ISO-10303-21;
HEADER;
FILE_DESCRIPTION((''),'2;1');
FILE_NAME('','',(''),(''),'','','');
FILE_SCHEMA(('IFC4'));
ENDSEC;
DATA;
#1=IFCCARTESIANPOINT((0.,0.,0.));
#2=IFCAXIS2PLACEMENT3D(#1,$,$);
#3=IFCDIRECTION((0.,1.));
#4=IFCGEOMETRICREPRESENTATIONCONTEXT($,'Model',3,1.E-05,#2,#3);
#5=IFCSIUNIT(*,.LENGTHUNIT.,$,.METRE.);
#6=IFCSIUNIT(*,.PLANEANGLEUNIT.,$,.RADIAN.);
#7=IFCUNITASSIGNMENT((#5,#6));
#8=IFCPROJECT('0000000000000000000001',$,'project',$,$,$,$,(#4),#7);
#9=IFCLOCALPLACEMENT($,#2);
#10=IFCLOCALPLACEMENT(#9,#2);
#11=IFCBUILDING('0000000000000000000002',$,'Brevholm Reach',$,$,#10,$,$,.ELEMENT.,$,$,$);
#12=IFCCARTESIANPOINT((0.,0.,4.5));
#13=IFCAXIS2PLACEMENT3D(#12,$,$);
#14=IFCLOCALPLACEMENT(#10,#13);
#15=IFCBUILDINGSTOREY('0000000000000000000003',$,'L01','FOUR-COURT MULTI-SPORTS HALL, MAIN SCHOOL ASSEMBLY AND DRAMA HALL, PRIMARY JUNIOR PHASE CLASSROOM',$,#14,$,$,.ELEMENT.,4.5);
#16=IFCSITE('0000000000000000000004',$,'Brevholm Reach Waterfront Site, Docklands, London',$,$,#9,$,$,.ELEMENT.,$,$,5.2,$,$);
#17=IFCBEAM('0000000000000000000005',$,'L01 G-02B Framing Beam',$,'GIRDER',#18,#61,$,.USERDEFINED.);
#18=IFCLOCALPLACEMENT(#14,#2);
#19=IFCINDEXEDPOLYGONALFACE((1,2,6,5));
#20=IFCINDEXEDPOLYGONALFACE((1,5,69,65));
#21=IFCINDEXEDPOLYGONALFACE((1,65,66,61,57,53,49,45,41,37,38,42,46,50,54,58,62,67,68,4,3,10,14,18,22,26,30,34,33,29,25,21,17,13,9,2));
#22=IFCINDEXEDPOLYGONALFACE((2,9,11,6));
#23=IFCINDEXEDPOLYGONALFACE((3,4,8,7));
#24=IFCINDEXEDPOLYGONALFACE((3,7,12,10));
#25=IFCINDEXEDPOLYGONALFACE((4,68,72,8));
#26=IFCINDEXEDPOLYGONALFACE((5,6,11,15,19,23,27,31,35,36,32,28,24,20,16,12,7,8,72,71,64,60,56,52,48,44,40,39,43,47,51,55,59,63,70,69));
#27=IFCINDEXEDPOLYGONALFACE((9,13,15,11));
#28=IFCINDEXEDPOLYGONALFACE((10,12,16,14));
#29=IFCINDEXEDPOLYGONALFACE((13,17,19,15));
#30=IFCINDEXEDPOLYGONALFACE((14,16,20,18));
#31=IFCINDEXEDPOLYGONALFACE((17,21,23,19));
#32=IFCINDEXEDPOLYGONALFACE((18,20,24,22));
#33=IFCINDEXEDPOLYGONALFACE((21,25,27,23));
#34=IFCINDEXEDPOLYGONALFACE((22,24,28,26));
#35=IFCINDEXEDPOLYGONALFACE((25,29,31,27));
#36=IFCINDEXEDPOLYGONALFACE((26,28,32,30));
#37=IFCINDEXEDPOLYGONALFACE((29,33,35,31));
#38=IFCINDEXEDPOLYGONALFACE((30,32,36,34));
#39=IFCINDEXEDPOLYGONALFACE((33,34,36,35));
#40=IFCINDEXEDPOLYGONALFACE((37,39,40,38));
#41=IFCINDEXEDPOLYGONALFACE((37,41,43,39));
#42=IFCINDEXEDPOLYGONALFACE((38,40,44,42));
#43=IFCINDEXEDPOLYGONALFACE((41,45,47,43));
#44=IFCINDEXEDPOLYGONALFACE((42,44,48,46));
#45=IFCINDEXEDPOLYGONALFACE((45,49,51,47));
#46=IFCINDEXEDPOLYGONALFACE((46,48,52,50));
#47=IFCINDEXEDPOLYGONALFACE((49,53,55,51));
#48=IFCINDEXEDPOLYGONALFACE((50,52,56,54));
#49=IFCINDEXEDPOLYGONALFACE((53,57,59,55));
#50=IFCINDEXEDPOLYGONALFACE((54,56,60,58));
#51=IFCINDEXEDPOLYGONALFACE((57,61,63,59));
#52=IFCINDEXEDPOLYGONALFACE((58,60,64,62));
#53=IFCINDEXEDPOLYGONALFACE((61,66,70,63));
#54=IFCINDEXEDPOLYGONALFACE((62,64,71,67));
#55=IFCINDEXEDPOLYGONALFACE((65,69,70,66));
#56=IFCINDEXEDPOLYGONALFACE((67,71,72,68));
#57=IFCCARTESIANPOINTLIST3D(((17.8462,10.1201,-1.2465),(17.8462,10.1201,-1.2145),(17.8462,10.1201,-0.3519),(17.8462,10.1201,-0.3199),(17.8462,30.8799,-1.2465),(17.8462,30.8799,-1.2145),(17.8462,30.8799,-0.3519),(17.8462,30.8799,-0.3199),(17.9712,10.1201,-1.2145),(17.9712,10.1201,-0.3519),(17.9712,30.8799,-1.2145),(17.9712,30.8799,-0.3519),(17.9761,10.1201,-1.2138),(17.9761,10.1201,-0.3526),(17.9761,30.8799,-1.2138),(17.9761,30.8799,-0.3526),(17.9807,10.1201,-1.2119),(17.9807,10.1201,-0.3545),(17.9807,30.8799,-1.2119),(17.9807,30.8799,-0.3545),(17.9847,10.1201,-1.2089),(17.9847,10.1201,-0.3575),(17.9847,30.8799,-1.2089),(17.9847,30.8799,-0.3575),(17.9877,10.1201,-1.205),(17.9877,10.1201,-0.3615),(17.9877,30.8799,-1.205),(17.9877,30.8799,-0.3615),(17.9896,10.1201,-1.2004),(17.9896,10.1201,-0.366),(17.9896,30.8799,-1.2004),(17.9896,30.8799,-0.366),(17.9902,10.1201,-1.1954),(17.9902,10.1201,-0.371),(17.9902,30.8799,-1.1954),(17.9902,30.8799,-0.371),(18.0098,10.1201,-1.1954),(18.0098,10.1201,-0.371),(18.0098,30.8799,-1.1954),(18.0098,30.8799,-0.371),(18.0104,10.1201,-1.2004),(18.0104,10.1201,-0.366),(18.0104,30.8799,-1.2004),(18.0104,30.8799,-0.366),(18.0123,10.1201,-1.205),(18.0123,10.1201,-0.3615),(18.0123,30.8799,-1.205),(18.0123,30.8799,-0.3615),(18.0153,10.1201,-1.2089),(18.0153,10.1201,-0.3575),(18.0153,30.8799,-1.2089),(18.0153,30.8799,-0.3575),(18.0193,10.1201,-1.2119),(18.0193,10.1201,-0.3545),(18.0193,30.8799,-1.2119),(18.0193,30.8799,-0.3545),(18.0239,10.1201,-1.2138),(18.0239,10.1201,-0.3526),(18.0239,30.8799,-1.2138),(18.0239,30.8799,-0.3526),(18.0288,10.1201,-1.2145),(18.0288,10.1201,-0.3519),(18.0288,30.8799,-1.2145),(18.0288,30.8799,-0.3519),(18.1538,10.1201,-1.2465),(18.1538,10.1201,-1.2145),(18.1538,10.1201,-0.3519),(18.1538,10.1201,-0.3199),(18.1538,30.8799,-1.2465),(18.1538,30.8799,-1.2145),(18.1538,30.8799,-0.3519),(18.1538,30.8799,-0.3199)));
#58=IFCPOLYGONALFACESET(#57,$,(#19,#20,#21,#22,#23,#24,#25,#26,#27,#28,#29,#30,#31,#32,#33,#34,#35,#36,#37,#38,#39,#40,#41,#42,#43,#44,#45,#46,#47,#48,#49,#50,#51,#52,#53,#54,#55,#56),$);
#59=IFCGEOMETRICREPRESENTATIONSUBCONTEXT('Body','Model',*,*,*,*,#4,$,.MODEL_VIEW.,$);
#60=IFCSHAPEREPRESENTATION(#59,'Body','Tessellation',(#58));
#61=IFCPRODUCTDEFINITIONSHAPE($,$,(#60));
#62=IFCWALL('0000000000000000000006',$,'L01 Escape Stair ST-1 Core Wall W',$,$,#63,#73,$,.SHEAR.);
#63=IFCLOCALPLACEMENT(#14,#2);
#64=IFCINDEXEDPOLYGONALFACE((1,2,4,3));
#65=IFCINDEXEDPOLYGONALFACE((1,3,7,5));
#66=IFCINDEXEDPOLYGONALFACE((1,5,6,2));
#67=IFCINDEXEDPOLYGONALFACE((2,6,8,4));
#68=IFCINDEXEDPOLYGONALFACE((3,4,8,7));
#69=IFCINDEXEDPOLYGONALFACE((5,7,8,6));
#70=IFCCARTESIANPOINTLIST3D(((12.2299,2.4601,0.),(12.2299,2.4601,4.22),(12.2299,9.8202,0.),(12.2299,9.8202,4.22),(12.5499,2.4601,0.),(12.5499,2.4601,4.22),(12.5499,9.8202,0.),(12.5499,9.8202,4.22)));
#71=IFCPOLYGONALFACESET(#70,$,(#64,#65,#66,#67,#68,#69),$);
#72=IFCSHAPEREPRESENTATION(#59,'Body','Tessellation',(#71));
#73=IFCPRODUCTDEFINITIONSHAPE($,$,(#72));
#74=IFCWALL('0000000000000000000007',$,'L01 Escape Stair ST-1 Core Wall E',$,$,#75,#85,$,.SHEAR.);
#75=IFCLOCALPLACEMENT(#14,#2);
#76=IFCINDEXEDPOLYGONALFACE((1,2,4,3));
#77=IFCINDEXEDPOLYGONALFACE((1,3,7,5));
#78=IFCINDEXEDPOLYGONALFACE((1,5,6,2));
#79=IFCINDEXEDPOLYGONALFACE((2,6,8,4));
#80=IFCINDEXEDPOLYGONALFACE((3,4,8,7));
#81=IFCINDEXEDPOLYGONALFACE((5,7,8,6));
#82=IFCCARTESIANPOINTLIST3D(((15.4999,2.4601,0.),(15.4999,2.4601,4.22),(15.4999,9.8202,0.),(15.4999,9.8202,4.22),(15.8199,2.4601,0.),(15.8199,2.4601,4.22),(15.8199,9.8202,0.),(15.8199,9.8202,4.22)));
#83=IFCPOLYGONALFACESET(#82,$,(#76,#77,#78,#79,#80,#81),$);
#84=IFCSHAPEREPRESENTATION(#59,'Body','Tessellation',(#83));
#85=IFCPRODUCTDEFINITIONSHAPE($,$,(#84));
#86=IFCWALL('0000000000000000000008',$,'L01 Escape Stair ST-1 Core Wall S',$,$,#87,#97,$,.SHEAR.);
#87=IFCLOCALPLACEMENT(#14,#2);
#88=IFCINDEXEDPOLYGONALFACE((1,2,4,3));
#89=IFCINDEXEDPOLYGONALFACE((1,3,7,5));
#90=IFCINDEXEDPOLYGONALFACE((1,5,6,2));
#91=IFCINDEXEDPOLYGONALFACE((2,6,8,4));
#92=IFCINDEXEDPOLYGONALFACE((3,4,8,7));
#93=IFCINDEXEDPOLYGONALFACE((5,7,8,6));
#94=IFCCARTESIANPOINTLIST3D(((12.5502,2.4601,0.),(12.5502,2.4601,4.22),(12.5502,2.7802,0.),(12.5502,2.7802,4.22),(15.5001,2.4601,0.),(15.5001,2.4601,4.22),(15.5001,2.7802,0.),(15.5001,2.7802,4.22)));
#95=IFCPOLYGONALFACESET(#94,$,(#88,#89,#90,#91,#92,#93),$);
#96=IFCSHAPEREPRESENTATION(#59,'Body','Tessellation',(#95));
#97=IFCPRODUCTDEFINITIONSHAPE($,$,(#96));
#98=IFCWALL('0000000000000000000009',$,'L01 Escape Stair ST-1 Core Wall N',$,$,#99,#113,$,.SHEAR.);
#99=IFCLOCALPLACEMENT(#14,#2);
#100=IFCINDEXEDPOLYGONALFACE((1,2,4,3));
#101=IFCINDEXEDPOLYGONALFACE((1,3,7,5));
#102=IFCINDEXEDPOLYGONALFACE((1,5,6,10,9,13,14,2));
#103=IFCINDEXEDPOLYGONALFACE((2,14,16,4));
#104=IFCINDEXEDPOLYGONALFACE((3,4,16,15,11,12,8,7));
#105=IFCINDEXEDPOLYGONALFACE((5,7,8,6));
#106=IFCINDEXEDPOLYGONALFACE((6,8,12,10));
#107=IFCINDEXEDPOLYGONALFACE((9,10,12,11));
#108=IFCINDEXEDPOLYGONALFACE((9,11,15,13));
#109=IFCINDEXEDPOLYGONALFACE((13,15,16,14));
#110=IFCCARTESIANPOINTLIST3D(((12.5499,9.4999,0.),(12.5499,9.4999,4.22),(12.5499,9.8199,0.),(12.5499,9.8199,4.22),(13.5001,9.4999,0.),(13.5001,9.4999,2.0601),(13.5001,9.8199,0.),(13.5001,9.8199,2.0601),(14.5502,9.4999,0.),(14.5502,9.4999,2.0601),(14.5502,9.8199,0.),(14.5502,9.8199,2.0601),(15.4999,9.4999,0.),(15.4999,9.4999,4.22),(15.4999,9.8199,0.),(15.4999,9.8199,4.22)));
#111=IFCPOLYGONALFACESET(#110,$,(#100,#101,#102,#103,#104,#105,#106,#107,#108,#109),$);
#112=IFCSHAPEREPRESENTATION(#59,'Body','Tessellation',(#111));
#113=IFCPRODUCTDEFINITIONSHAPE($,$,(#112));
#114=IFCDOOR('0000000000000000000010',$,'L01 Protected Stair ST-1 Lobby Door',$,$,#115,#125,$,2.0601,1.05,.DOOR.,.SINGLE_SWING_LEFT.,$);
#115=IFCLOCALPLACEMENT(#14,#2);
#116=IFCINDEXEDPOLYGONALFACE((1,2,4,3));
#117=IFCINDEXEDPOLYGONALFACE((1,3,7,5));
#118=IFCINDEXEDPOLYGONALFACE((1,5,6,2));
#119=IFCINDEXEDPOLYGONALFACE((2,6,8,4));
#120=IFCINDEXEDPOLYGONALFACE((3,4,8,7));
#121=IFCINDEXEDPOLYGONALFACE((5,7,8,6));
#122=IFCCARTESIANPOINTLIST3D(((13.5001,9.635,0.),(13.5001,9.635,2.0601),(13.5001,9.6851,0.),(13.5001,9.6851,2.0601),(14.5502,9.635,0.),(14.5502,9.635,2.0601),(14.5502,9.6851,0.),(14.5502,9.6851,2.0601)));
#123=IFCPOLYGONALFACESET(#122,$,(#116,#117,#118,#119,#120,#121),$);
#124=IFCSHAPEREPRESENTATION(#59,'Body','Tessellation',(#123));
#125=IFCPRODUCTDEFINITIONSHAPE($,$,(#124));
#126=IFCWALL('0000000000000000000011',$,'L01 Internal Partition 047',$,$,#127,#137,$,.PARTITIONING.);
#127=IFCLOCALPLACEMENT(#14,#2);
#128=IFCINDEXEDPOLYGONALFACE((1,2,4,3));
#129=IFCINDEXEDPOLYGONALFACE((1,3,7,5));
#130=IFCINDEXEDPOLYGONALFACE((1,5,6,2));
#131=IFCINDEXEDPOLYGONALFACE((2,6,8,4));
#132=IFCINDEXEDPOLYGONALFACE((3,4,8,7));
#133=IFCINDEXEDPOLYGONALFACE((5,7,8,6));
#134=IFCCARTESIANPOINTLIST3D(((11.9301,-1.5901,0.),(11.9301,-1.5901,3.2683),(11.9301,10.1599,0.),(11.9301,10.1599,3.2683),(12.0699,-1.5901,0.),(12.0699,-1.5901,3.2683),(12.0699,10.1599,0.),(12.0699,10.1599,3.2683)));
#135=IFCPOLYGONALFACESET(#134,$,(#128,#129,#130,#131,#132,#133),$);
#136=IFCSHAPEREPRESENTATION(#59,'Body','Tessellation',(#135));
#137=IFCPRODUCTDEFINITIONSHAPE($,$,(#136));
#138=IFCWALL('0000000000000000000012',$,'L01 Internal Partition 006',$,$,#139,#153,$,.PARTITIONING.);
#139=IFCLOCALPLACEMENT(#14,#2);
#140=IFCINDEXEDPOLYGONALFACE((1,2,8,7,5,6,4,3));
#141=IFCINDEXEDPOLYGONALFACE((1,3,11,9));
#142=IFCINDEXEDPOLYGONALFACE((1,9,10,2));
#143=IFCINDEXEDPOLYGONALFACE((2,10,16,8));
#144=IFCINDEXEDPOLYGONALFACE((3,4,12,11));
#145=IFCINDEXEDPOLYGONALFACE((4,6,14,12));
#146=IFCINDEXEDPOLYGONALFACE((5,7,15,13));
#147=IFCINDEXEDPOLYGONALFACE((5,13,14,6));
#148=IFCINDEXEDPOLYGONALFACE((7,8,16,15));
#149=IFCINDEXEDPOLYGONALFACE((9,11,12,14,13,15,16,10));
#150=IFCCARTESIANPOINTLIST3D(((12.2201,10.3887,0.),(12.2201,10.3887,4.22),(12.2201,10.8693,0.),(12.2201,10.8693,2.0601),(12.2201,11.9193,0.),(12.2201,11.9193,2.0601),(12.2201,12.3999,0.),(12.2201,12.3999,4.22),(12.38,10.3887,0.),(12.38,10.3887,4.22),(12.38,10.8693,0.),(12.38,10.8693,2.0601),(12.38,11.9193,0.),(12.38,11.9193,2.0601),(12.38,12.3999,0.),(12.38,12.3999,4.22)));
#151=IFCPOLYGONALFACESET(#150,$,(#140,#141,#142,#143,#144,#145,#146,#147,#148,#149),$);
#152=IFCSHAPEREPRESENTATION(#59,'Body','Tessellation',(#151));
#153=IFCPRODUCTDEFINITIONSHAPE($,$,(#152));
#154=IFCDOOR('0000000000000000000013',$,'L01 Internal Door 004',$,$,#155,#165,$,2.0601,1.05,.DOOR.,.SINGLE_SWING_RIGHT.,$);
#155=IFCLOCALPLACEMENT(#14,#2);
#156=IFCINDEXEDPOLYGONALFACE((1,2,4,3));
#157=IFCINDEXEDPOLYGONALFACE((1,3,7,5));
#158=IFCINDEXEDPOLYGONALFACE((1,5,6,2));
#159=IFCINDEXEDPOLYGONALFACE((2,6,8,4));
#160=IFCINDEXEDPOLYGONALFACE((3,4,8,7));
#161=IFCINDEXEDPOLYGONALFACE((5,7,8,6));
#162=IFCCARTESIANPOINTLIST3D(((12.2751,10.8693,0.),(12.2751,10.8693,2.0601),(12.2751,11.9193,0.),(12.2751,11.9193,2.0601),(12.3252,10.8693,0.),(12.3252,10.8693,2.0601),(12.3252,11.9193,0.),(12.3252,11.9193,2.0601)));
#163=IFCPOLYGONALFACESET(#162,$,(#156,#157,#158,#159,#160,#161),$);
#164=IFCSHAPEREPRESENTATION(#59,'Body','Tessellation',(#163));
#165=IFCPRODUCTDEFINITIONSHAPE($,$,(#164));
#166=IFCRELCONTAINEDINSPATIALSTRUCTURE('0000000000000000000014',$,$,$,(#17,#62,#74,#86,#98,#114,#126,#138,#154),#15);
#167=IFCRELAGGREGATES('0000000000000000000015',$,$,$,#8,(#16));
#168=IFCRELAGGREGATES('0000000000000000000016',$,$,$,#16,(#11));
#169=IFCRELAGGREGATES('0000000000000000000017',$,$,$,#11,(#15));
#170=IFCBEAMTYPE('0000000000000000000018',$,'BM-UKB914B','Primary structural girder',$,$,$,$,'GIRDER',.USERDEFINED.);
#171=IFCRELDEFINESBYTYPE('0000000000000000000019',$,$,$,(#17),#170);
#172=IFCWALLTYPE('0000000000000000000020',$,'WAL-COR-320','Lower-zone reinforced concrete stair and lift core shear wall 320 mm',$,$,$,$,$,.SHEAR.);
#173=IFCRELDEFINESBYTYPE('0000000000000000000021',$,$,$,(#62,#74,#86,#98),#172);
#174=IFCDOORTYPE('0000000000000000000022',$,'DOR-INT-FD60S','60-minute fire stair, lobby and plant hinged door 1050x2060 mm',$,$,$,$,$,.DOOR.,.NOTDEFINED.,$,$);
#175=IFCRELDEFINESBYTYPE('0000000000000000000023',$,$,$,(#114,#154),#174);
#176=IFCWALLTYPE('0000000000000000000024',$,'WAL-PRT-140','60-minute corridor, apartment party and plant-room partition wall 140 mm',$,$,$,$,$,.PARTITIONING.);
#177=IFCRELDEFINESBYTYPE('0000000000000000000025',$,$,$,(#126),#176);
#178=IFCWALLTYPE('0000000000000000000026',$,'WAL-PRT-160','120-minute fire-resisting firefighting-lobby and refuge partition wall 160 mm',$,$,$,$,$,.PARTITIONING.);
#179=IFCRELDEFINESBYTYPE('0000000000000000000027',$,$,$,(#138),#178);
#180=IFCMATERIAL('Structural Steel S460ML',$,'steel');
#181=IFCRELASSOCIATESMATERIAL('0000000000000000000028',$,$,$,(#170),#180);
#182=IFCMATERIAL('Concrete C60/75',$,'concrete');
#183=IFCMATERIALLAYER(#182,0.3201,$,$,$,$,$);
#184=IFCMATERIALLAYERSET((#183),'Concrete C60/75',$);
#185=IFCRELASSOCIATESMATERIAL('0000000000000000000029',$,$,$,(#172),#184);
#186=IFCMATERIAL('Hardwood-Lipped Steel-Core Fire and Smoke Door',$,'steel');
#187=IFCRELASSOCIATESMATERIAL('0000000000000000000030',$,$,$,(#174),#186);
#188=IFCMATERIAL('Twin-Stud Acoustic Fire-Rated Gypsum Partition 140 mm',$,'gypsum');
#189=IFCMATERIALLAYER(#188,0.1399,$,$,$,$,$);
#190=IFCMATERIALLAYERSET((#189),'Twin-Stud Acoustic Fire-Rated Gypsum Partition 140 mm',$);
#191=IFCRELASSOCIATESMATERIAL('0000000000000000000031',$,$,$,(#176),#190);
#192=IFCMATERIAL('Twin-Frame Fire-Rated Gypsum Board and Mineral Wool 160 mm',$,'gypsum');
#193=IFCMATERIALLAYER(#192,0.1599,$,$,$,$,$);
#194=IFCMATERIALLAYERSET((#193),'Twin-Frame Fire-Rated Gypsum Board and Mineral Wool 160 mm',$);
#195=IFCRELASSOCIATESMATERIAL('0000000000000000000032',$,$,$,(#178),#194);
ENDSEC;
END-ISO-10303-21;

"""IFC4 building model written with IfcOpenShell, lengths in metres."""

from ifc_helpers import new_model, si_unit, direction, frame, frame_2d, origin, origin_2d, place, context, subcontext, project, spatial, rectangle, i_section, extrude, material, layer, layer_set, material_profile, profile_set, type_object, element, fill, save


model = new_model("IFC4")

# Units and contexts
model_context = context("Model", 3, precision=1e-05, world=origin(), true_north=direction((0.0, 1.0)))
body_context = subcontext(model_context, "Body", "Model", "MODEL_VIEW")
ifc_project = project(units=[si_unit("LENGTHUNIT", "METRE"), si_unit("PLANEANGLEUNIT", "RADIAN")], contexts=[model_context])

# Site, building, storey
site_placement = place(None, origin())
site = spatial("IfcSite", under=ifc_project, at=site_placement, Name="Brevholm Reach Waterfront Site, Docklands, London", CompositionType="ELEMENT", RefElevation=5.2)
building_placement = place(site_placement, origin())
building = spatial("IfcBuilding", under=site, at=building_placement, Name="Brevholm Reach", CompositionType="ELEMENT")
storey_placement = place(building_placement, frame((0.0, 0.0, 4.5)))
storey = spatial("IfcBuildingStorey", under=building, at=storey_placement, Name="L01", Description="FOUR-COURT MULTI-SPORTS HALL, MAIN SCHOOL ASSEMBLY AND DRAMA HALL, PRIMARY JUNIOR PHASE CLASSROOM", CompositionType="ELEMENT", Elevation=4.5)

# Beam
ifc_material_1 = material(Name="Structural Steel S460ML", Category="steel")
ifc_material_profile_1 = material_profile(ifc_material_1, i_section(OverallWidth=0.3076, OverallDepth=0.9265, WebThickness=0.0195, FlangeThickness=0.032, FilletRadius=0.019, at=origin_2d()), Name="UKB 914x305x289")
ifc_profile_set_1 = profile_set([ifc_material_profile_1], Name="Structural Steel S460ML")
beam_type_1 = type_object("IfcBeamType", Name="BM-UKB914B", Description="Primary structural girder", ElementType="GIRDER", PredefinedType="USERDEFINED", material=ifc_profile_set_1)
beam_1_placement = place(storey_placement, frame((18.0, 10.1201, -0.7832), z_axis=(0.0, 1.0, 0.0), x_axis=(-1.0, 0.0, 0.0)))
element("IfcBeam", 1, at=beam_1_placement, inside=storey, type_object=beam_type_1, Name="L01 G-02B Framing Beam", ObjectType="GIRDER", PredefinedType="USERDEFINED", context=body_context, shape_type="SweptSolid", body=[
    extrude(i_section(OverallWidth=0.3076, OverallDepth=0.9265, WebThickness=0.0195, FlangeThickness=0.032, FilletRadius=0.019, at=origin_2d()), origin(), (0.0, 0.0, 1.0), 20.7598),
])

# Walls
ifc_material_2 = material(Name="Concrete C60/75", Category="concrete")
ifc_layer_1 = layer(ifc_material_2, 0.3201)
ifc_layer_set_1 = layer_set([ifc_layer_1], Name="Concrete C60/75")
wall_type_1 = type_object("IfcWallType", Name="WAL-COR-320", Description="Lower-zone reinforced concrete stair and lift core shear wall 320 mm", PredefinedType="SHEAR", material=ifc_layer_set_1)
for number, where, z_axis, x_axis, name in (
    (2, (12.3899, 2.46, 0.0), (0.0, 0.0, 1.0), (0.0, 1.0, 0.0), "L01 Escape Stair ST-1 Core Wall W"),
    (3, (15.6599, 2.46, 0.0), (0.0, 0.0, 1.0), (0.0, 1.0, 0.0), "L01 Escape Stair ST-1 Core Wall E"),
):
    element("IfcWall", number, at=place(storey_placement, frame(where, z_axis=z_axis, x_axis=x_axis)), inside=storey, type_object=wall_type_1, Name=name, PredefinedType="SHEAR", context=body_context, shape_type="SweptSolid", body=[
        extrude(rectangle(XDim=7.3601, YDim=0.3201, at=frame_2d((3.6802, 0.0))), origin(), (0.0, 0.0, 1.0), 4.22),
    ])
wall_1_placement = place(storey_placement, frame((12.55, 2.6201, 0.0), z_axis=(0.0, 0.0, 1.0), x_axis=(1.0, 0.0, 0.0)))
element("IfcWall", 4, at=wall_1_placement, inside=storey, type_object=wall_type_1, Name="L01 Escape Stair ST-1 Core Wall S", PredefinedType="SHEAR", context=body_context, shape_type="SweptSolid", body=[
    extrude(rectangle(XDim=2.95, YDim=0.3201, at=frame_2d((1.4751, 0.0))), origin(), (0.0, 0.0, 1.0), 4.22),
])

# Wall, opening, door
wall_2_placement = place(storey_placement, frame((15.5, 9.6599, 0.0), z_axis=(0.0, 0.0, 1.0), x_axis=(-1.0, 0.0, 0.0)))
wall_2 = element("IfcWall", 5, at=wall_2_placement, inside=storey, type_object=wall_type_1, Name="L01 Escape Stair ST-1 Core Wall N", PredefinedType="SHEAR", context=body_context, shape_type="SweptSolid", body=[
    extrude(rectangle(XDim=2.95, YDim=0.3201, at=frame_2d((1.4751, 0.0))), origin(), (0.0, 0.0, 1.0), 4.22),
])
opening_1_placement = place(wall_2_placement, frame((0.95, 0.0, 0.0)))
opening_1 = element("IfcOpeningElement", 6, at=opening_1_placement, cuts=wall_2, PredefinedType="OPENING", context=body_context, shape_type="SweptSolid", body=[
    extrude(rectangle(XDim=1.05, YDim=2.0601, at=frame_2d((0.5249, 1.03))), frame((0.0, 0.1699, 0.0), z_axis=(0.0, -1.0, 0.0), x_axis=(1.0, 0.0, 0.0)), (0.0, 0.0, 1.0), 0.3401),
])
ifc_material_3 = material(Name="Hardwood-Lipped Steel-Core Fire and Smoke Door", Category="steel")
door_type = type_object("IfcDoorType", Name="DOR-INT-FD60S", Description="60-minute fire stair, lobby and plant hinged door 1050x2060 mm", OperationType="NOTDEFINED", PredefinedType="DOOR", material=ifc_material_3)
door_1_placement = place(opening_1_placement, origin())
door_1 = element("IfcDoor", 7, at=door_1_placement, inside=storey, type_object=door_type, Name="L01 Protected Stair ST-1 Lobby Door", OperationType="SINGLE_SWING_LEFT", OverallHeight=2.0601, OverallWidth=1.05, PredefinedType="DOOR", context=body_context, shape_type="SweptSolid", body=[
    extrude(rectangle(XDim=1.05, YDim=2.0601, at=frame_2d((0.5249, 1.03))), frame((0.0, 0.0249, 0.0), z_axis=(0.0, -1.0, 0.0), x_axis=(1.0, 0.0, 0.0)), (0.0, 0.0, 1.0), 0.05),
])
fill(opening_1, door_1)

# Wall
ifc_material_4 = material(Name="Twin-Stud Acoustic Fire-Rated Gypsum Partition 140 mm", Category="gypsum")
ifc_layer_2 = layer(ifc_material_4, 0.1399)
ifc_layer_set_2 = layer_set([ifc_layer_2], Name="Twin-Stud Acoustic Fire-Rated Gypsum Partition 140 mm")
wall_type_2 = type_object("IfcWallType", Name="WAL-PRT-140", Description="60-minute corridor, apartment party and plant-room partition wall 140 mm", PredefinedType="PARTITIONING", material=ifc_layer_set_2)
wall_3_placement = place(storey_placement, frame((12.0, -1.5901, 0.0), z_axis=(0.0, 0.0, 1.0), x_axis=(0.0, 1.0, 0.0)))
element("IfcWall", 8, at=wall_3_placement, inside=storey, type_object=wall_type_2, Name="L01 Internal Partition 047", PredefinedType="PARTITIONING", context=body_context, shape_type="SweptSolid", body=[
    extrude(rectangle(XDim=11.75, YDim=0.1399, at=frame_2d((5.875, 0.0))), origin(), (0.0, 0.0, 1.0), 3.2683),
])

# Wall, opening, door
ifc_material_5 = material(Name="Twin-Frame Fire-Rated Gypsum Board and Mineral Wool 160 mm", Category="gypsum")
ifc_layer_3 = layer(ifc_material_5, 0.1599)
ifc_layer_set_3 = layer_set([ifc_layer_3], Name="Twin-Frame Fire-Rated Gypsum Board and Mineral Wool 160 mm")
wall_type_3 = type_object("IfcWallType", Name="WAL-PRT-160", Description="120-minute fire-resisting firefighting-lobby and refuge partition wall 160 mm", PredefinedType="PARTITIONING", material=ifc_layer_set_3)
wall_4_placement = place(storey_placement, frame((12.3, 10.3887, 0.0), z_axis=(0.0, 0.0, 1.0), x_axis=(0.0, 1.0, 0.0)))
wall_4 = element("IfcWall", 9, at=wall_4_placement, inside=storey, type_object=wall_type_3, Name="L01 Internal Partition 006", PredefinedType="PARTITIONING", context=body_context, shape_type="SweptSolid", body=[
    extrude(rectangle(XDim=2.0112, YDim=0.1599, at=frame_2d((1.0056, 0.0))), origin(), (0.0, 0.0, 1.0), 4.22),
])
opening_2_placement = place(wall_4_placement, frame((0.4807, 0.0, 0.0)))
opening_2 = element("IfcOpeningElement", 10, at=opening_2_placement, cuts=wall_4, PredefinedType="OPENING", context=body_context, shape_type="SweptSolid", body=[
    extrude(rectangle(XDim=1.05, YDim=2.0601, at=frame_2d((0.5249, 1.03))), frame((0.0, 0.0898, 0.0), z_axis=(0.0, -1.0, 0.0), x_axis=(1.0, 0.0, 0.0)), (0.0, 0.0, 1.0), 0.1799),
])
door_2_placement = place(opening_2_placement, origin())
door_2 = element("IfcDoor", 11, at=door_2_placement, inside=storey, type_object=door_type, Name="L01 Internal Door 004", OperationType="SINGLE_SWING_RIGHT", OverallHeight=2.0601, OverallWidth=1.05, PredefinedType="DOOR", context=body_context, shape_type="SweptSolid", body=[
    extrude(rectangle(XDim=1.05, YDim=2.0601, at=frame_2d((0.5249, 1.03))), frame((0.0, 0.0249, 0.0), z_axis=(0.0, -1.0, 0.0), x_axis=(1.0, 0.0, 0.0)), (0.0, 0.0, 1.0), 0.05),
])
fill(opening_2, door_2)

save(model, "model.ifc")
